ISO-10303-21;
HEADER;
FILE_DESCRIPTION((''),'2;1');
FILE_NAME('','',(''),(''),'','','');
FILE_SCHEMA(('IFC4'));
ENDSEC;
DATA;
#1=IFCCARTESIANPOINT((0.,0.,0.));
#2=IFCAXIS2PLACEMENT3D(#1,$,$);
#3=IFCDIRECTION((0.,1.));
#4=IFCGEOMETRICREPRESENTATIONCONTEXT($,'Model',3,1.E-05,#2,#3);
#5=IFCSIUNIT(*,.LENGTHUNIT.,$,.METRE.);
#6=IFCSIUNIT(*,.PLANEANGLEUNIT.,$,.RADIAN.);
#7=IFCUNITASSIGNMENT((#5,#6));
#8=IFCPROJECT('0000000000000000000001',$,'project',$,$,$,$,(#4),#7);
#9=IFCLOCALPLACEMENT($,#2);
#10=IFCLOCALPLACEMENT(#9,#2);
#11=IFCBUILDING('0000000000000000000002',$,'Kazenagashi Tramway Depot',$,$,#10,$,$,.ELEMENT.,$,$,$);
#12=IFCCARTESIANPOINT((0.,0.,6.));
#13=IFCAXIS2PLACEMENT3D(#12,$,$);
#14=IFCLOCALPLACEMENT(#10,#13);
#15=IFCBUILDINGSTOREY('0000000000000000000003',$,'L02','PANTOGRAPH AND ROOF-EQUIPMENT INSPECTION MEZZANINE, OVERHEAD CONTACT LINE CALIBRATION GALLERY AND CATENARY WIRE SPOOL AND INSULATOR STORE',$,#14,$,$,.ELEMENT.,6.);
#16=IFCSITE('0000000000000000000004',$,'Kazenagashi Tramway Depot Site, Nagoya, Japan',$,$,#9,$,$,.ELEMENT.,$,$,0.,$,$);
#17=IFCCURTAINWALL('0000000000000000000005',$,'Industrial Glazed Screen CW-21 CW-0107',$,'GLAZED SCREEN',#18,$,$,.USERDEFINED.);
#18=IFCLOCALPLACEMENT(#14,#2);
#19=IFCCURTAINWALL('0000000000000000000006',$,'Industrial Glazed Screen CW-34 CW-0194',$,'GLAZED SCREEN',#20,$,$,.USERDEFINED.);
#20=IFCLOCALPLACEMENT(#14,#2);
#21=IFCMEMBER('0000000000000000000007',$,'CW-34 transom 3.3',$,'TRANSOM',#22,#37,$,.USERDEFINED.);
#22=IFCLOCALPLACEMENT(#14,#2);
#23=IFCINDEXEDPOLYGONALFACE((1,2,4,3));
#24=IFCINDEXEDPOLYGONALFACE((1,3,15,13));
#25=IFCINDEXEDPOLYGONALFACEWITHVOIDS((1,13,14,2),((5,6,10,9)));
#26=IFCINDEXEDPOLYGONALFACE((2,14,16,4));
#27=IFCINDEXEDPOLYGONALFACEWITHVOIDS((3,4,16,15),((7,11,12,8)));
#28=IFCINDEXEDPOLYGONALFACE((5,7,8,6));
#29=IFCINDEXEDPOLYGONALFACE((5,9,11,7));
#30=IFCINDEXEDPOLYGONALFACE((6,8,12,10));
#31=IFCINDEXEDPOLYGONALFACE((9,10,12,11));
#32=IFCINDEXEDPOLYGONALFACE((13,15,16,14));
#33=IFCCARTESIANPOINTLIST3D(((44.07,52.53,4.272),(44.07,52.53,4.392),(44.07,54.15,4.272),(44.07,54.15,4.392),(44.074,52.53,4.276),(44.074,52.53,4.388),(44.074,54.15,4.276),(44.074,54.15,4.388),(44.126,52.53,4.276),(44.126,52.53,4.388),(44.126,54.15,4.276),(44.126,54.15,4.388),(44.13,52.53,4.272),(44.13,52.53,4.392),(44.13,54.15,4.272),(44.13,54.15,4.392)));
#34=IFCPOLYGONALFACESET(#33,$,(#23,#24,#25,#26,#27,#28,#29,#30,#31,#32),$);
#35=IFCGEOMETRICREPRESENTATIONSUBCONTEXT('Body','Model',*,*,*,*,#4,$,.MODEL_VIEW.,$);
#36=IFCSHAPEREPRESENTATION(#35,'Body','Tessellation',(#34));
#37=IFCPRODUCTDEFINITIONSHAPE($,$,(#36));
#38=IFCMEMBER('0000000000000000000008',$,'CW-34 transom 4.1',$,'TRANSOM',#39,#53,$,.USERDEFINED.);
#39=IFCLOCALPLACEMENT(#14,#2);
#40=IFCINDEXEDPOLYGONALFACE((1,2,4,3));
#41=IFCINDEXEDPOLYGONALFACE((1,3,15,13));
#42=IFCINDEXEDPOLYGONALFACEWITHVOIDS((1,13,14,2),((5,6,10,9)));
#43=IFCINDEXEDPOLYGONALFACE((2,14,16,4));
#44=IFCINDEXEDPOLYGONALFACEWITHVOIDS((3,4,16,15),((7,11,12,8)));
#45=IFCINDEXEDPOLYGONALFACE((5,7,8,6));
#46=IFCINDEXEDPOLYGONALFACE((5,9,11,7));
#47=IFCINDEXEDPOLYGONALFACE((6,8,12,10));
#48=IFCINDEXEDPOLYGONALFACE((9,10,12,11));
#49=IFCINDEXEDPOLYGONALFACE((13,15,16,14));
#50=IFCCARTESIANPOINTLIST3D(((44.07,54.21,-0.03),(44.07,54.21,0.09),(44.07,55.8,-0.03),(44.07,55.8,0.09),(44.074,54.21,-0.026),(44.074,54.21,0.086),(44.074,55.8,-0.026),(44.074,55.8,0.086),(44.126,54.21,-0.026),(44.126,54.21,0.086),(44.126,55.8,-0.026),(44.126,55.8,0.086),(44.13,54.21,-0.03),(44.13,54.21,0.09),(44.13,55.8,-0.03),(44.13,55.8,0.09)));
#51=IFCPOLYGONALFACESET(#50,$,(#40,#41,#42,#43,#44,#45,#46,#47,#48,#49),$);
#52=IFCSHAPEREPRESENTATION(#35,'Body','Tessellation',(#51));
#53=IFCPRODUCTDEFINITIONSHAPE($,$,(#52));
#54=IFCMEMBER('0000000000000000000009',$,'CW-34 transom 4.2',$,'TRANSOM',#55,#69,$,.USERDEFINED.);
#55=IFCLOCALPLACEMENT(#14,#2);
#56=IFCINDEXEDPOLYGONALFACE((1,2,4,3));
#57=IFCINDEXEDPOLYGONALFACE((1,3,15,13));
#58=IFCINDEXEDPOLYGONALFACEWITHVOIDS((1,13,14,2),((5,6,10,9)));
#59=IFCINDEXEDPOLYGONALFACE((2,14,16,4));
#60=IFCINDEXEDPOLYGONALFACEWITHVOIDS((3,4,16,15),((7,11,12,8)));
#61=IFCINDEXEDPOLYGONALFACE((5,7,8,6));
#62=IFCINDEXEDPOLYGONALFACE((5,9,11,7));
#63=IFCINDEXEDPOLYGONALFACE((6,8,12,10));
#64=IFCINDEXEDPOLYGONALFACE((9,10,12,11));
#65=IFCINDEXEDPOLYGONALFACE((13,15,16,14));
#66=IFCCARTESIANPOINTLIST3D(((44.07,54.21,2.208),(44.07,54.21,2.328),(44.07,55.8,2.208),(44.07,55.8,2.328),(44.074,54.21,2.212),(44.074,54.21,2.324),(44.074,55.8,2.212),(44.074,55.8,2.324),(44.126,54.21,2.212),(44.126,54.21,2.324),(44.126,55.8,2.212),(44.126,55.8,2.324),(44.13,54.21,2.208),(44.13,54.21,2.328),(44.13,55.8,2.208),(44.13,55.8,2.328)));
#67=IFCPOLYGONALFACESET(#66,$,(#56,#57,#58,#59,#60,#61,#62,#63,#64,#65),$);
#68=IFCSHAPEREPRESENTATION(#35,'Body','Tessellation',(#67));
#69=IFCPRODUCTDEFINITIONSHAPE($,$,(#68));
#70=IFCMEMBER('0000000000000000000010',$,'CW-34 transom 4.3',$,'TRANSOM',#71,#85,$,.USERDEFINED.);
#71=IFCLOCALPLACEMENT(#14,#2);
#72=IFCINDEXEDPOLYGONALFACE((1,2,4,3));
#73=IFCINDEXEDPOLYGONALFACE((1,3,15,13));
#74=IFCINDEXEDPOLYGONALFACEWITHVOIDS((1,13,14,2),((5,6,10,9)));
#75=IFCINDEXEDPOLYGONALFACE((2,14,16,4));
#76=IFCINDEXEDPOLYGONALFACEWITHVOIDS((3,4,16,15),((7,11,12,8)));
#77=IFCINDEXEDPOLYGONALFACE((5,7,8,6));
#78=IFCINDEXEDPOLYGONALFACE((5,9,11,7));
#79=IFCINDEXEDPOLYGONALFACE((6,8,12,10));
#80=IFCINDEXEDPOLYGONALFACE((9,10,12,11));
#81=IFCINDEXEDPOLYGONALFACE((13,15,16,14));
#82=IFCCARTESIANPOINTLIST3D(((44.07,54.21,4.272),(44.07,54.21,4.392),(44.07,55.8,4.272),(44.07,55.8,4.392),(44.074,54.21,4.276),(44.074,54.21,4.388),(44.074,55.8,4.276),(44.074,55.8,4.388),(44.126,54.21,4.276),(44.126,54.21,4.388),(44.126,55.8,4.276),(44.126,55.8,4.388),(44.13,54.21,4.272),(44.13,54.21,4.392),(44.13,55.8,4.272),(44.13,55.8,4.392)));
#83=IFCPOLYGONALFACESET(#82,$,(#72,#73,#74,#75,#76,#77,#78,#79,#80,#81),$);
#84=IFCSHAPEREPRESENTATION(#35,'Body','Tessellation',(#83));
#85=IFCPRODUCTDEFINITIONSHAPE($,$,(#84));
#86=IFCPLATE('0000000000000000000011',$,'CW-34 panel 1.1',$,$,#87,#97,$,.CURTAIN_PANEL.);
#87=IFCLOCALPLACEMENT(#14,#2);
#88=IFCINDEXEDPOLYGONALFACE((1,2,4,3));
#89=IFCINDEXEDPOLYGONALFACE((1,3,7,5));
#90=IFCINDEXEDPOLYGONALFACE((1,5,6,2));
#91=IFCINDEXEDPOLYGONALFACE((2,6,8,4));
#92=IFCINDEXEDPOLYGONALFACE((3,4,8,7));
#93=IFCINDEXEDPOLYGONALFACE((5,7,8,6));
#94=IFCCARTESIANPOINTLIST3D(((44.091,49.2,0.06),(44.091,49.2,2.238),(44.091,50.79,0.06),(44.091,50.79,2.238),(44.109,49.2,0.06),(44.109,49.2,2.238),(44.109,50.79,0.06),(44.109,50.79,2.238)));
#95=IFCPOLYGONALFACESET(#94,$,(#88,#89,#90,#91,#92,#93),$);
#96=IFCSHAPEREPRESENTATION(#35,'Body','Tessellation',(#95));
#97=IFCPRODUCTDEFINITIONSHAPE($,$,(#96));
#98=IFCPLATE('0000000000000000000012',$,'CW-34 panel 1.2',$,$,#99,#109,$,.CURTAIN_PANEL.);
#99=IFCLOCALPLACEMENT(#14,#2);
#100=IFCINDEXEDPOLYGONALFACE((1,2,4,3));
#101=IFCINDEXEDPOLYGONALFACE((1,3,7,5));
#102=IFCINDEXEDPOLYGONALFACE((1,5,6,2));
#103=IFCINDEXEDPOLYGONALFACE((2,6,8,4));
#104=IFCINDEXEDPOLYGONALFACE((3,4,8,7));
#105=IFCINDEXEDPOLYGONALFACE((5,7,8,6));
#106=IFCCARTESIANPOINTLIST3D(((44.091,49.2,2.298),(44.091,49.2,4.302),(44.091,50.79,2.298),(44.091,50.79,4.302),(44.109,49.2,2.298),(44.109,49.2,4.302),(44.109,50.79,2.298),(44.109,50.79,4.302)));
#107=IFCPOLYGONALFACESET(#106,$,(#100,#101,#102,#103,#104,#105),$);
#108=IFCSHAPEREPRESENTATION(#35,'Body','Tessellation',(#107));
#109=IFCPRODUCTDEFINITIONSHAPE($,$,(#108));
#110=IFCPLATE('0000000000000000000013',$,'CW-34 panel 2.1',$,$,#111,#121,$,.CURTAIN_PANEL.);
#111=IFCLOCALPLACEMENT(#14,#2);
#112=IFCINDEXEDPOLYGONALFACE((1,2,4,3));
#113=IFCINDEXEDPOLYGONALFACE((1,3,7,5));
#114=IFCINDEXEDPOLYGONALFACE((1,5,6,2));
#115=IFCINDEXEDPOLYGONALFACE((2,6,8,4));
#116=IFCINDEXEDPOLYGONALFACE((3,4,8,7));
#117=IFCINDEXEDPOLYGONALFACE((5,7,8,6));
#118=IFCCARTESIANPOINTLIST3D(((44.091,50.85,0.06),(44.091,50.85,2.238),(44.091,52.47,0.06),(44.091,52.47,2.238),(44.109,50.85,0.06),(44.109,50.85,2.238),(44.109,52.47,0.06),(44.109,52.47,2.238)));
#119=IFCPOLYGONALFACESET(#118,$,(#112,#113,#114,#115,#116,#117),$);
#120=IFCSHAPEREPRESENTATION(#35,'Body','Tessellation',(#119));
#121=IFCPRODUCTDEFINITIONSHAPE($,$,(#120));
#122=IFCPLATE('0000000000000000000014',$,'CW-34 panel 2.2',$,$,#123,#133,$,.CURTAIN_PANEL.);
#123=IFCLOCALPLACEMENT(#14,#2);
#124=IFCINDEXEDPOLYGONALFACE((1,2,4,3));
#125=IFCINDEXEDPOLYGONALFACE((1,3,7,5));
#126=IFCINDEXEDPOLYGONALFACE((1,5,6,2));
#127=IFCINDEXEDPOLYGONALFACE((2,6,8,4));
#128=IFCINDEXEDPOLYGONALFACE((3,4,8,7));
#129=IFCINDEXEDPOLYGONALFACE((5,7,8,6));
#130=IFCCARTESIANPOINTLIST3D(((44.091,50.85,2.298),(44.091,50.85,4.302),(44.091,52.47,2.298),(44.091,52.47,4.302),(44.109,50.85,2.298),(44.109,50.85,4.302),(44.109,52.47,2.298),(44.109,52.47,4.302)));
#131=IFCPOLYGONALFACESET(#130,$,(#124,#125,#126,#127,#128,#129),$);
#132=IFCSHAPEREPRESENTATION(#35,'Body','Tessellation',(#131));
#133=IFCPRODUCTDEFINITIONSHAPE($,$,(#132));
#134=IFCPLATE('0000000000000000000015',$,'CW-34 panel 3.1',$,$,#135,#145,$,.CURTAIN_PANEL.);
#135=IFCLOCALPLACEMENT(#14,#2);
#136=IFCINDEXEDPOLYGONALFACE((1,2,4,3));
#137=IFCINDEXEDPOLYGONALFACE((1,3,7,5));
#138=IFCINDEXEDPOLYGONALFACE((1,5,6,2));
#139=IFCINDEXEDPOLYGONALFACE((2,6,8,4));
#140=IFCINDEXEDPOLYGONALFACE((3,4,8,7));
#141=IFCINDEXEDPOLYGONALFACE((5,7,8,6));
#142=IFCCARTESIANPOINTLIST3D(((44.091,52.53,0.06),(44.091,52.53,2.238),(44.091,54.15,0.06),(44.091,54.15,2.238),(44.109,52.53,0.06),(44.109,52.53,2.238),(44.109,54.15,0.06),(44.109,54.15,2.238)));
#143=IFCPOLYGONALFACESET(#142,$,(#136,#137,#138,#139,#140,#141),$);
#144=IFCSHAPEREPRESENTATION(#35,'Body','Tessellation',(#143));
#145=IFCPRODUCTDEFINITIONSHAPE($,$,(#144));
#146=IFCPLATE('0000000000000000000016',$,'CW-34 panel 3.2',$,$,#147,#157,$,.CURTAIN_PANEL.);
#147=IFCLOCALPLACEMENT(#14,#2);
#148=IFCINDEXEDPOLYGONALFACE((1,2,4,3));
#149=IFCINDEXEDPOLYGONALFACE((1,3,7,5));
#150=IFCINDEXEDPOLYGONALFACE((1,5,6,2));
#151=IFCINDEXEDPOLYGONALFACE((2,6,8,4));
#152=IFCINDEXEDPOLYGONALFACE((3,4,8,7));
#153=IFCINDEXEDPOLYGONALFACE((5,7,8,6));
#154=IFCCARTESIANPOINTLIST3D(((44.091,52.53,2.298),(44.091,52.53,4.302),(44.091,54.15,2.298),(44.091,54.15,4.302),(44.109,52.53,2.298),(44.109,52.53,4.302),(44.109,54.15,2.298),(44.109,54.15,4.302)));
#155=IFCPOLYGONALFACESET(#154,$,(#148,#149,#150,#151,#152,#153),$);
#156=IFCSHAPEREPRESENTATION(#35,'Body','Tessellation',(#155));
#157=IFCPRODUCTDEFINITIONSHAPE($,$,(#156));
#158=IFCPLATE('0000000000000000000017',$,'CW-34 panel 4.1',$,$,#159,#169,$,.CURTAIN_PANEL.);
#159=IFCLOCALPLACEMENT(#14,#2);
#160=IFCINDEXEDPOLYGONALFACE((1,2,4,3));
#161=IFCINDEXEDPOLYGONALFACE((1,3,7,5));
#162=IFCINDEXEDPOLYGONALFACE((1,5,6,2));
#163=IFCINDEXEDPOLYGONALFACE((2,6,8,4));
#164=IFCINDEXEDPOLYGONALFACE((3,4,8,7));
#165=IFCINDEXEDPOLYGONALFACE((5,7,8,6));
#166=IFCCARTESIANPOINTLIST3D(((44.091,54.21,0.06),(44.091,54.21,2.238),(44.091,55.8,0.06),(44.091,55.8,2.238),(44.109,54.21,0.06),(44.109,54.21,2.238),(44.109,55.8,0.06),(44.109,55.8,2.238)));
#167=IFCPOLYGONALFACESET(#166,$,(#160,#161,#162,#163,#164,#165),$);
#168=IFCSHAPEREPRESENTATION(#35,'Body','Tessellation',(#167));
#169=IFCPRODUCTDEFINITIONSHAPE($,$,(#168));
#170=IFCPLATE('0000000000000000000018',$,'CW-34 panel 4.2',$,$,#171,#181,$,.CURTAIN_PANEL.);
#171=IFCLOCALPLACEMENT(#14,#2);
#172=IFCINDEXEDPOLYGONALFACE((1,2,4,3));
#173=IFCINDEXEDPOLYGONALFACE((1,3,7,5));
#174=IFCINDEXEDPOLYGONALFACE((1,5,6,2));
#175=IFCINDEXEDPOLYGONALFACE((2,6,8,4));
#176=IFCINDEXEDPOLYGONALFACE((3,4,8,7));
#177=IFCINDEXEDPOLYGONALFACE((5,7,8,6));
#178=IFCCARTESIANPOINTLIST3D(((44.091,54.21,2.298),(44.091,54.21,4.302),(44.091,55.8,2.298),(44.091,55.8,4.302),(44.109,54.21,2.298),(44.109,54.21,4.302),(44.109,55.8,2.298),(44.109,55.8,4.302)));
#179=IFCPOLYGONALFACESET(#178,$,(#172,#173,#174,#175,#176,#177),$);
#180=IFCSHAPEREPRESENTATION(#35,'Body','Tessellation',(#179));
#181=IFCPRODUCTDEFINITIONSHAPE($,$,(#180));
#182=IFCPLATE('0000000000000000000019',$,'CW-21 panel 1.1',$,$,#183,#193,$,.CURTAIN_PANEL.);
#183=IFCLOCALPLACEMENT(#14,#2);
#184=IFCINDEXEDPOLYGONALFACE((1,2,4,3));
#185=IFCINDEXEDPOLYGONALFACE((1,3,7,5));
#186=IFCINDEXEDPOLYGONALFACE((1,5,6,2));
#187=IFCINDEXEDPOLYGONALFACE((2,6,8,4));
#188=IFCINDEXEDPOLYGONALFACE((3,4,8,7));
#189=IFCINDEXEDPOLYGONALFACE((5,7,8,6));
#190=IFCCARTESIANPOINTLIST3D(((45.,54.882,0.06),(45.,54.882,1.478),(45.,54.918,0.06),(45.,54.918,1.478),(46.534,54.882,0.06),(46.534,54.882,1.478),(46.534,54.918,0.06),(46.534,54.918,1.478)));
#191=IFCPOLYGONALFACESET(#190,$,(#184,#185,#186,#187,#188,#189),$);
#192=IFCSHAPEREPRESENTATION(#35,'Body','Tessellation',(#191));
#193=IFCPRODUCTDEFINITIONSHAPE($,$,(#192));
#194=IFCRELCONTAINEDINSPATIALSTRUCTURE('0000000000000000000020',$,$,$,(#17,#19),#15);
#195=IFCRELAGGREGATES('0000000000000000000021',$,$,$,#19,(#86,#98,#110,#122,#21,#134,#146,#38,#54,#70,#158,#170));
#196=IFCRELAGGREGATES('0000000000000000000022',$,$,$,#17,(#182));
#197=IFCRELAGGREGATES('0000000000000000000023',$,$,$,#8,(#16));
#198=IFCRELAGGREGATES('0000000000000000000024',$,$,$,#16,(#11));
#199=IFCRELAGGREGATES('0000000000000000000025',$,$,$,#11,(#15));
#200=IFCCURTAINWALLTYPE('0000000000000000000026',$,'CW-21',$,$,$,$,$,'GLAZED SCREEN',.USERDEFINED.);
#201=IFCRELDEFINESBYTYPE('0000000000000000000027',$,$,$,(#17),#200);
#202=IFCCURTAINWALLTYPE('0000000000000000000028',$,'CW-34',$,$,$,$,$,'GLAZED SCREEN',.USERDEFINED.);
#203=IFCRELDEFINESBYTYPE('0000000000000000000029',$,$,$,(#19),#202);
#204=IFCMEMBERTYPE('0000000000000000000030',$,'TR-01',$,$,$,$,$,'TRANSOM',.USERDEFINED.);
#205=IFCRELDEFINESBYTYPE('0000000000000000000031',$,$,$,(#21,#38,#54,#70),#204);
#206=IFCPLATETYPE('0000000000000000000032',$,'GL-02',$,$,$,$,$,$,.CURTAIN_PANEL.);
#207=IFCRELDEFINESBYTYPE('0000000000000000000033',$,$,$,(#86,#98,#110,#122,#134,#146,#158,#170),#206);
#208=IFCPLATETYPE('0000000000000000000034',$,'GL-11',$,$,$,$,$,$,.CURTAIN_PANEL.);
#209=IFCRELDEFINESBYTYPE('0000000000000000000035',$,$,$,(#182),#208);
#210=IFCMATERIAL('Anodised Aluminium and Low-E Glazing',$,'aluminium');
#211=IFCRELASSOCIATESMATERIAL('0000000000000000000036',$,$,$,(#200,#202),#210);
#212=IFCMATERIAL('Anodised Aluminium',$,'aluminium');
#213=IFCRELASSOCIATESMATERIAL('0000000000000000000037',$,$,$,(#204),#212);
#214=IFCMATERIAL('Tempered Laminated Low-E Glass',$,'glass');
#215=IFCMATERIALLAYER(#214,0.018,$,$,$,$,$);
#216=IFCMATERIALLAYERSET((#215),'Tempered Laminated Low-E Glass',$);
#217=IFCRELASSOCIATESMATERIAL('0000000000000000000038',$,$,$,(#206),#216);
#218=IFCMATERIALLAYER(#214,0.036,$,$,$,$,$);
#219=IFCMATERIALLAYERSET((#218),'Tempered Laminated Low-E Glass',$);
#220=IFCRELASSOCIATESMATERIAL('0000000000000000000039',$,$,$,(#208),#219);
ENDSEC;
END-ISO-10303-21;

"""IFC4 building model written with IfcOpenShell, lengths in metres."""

from ifc_helpers import new_model, si_unit, direction, frame, origin, origin_2d, place, context, subcontext, project, spatial, rectangle, hollow_rectangle, extrude, material, layer, layer_set, material_profile, profile_set, type_object, element, aggregate, save


model = new_model("IFC4")

# Units and contexts
model_context = context("Model", 3, precision=1e-05, world=origin(), true_north=direction((0.0, 1.0)))
body_context = subcontext(model_context, "Body", "Model", "MODEL_VIEW")
ifc_project = project(units=[si_unit("LENGTHUNIT", "METRE"), si_unit("PLANEANGLEUNIT", "RADIAN")], contexts=[model_context])

# Site, building, storey
site_placement = place(None, origin())
site = spatial("IfcSite", under=ifc_project, at=site_placement, Name="Kazenagashi Tramway Depot Site, Nagoya, Japan", CompositionType="ELEMENT", RefElevation=0.0)
building_placement = place(site_placement, origin())
building = spatial("IfcBuilding", under=site, at=building_placement, Name="Kazenagashi Tramway Depot", CompositionType="ELEMENT")
storey_placement = place(building_placement, frame((0.0, 0.0, 6.0)))
storey = spatial("IfcBuildingStorey", under=building, at=storey_placement, Name="L02", Description="PANTOGRAPH AND ROOF-EQUIPMENT INSPECTION MEZZANINE, OVERHEAD CONTACT LINE CALIBRATION GALLERY AND CATENARY WIRE SPOOL AND INSULATOR STORE", CompositionType="ELEMENT", Elevation=6.0)

# Curtain wall
ifc_material_1 = material(Name="Anodised Aluminium and Low-E Glazing", Category="aluminium")
curtain_wall_type_1 = type_object("IfcCurtainWallType", Name="CW-21", ElementType="GLAZED SCREEN", PredefinedType="USERDEFINED", material=ifc_material_1)
curtain_wall_1_placement = place(storey_placement, origin())
curtain_wall_1 = element("IfcCurtainWall", 1, at=curtain_wall_1_placement, inside=storey, type_object=curtain_wall_type_1, Name="Industrial Glazed Screen CW-21 CW-0107", ObjectType="GLAZED SCREEN", PredefinedType="USERDEFINED")
ifc_material_2 = material(Name="Anodised Aluminium", Category="aluminium")

# Curtain wall
curtain_wall_type_2 = type_object("IfcCurtainWallType", Name="CW-34", ElementType="GLAZED SCREEN", PredefinedType="USERDEFINED", material=ifc_material_1)
curtain_wall_2_placement = place(storey_placement, origin())
curtain_wall_2 = element("IfcCurtainWall", 2, at=curtain_wall_2_placement, inside=storey, type_object=curtain_wall_type_2, Name="Industrial Glazed Screen CW-34 CW-0194", ObjectType="GLAZED SCREEN", PredefinedType="USERDEFINED")

# Members
ifc_material_profile_1 = material_profile(ifc_material_2, hollow_rectangle(XDim=0.06, YDim=0.12, WallThickness=0.004, at=origin_2d()), Name="RHS-120x60x4")
ifc_profile_set_1 = profile_set([ifc_material_profile_1], Name="Anodised Aluminium")
member_type_1 = type_object("IfcMemberType", Name="TR-01", ElementType="TRANSOM", PredefinedType="USERDEFINED", material=ifc_profile_set_1)
member_1_placement = place(storey_placement, frame((44.1, 52.53, 4.332), z_axis=(0.0, 1.0, 0.0), x_axis=(-1.0, 0.0, 0.0)))
member_1 = element("IfcMember", 3, at=member_1_placement, type_object=member_type_1, Name="CW-34 transom 3.3", ObjectType="TRANSOM", PredefinedType="USERDEFINED", context=body_context, shape_type="SweptSolid", body=[
    extrude(hollow_rectangle(XDim=0.06, YDim=0.12, WallThickness=0.004, at=origin_2d()), origin(), (0.0, 0.0, 1.0), 1.62),
])
member_2_placement = place(storey_placement, frame((44.1, 54.21, 0.03), z_axis=(0.0, 1.0, 0.0), x_axis=(-1.0, 0.0, 0.0)))
member_2 = element("IfcMember", 4, at=member_2_placement, type_object=member_type_1, Name="CW-34 transom 4.1", ObjectType="TRANSOM", PredefinedType="USERDEFINED", context=body_context, shape_type="SweptSolid", body=[
    extrude(hollow_rectangle(XDim=0.06, YDim=0.12, WallThickness=0.004, at=origin_2d()), origin(), (0.0, 0.0, 1.0), 1.59),
])
member_3_placement = place(storey_placement, frame((44.1, 54.21, 2.268), z_axis=(0.0, 1.0, 0.0), x_axis=(-1.0, 0.0, 0.0)))
member_3 = element("IfcMember", 5, at=member_3_placement, type_object=member_type_1, Name="CW-34 transom 4.2", ObjectType="TRANSOM", PredefinedType="USERDEFINED", context=body_context, shape_type="SweptSolid", body=[
    extrude(hollow_rectangle(XDim=0.06, YDim=0.12, WallThickness=0.004, at=origin_2d()), origin(), (0.0, 0.0, 1.0), 1.59),
])
member_4_placement = place(storey_placement, frame((44.1, 54.21, 4.332), z_axis=(0.0, 1.0, 0.0), x_axis=(-1.0, 0.0, 0.0)))
member_4 = element("IfcMember", 6, at=member_4_placement, type_object=member_type_1, Name="CW-34 transom 4.3", ObjectType="TRANSOM", PredefinedType="USERDEFINED", context=body_context, shape_type="SweptSolid", body=[
    extrude(hollow_rectangle(XDim=0.06, YDim=0.12, WallThickness=0.004, at=origin_2d()), origin(), (0.0, 0.0, 1.0), 1.59),
])

# Plates
ifc_material_3 = material(Name="Tempered Laminated Low-E Glass", Category="glass")
ifc_layer_1 = layer(ifc_material_3, 0.018)
ifc_layer_set_1 = layer_set([ifc_layer_1], Name="Tempered Laminated Low-E Glass")
plate_type_1 = type_object("IfcPlateType", Name="GL-02", PredefinedType="CURTAIN_PANEL", material=ifc_layer_set_1)
plate_1_placement = place(storey_placement, frame((44.1, 49.995, 0.06), z_axis=(0.0, 0.0, 1.0), x_axis=(0.0, 1.0, 0.0)))
plate_1 = element("IfcPlate", 7, at=plate_1_placement, type_object=plate_type_1, Name="CW-34 panel 1.1", PredefinedType="CURTAIN_PANEL", context=body_context, shape_type="SweptSolid", body=[
    extrude(rectangle(XDim=1.59, YDim=0.018, at=origin_2d()), origin(), (0.0, 0.0, 1.0), 2.178),
])
plate_2_placement = place(storey_placement, frame((44.1, 49.995, 2.298), z_axis=(0.0, 0.0, 1.0), x_axis=(0.0, 1.0, 0.0)))
plate_2 = element("IfcPlate", 8, at=plate_2_placement, type_object=plate_type_1, Name="CW-34 panel 1.2", PredefinedType="CURTAIN_PANEL", context=body_context, shape_type="SweptSolid", body=[
    extrude(rectangle(XDim=1.59, YDim=0.018, at=origin_2d()), origin(), (0.0, 0.0, 1.0), 2.004),
])
plate_3_placement = place(storey_placement, frame((44.1, 51.66, 0.06), z_axis=(0.0, 0.0, 1.0), x_axis=(0.0, 1.0, 0.0)))
plate_3 = element("IfcPlate", 9, at=plate_3_placement, type_object=plate_type_1, Name="CW-34 panel 2.1", PredefinedType="CURTAIN_PANEL", context=body_context, shape_type="SweptSolid", body=[
    extrude(rectangle(XDim=1.62, YDim=0.018, at=origin_2d()), origin(), (0.0, 0.0, 1.0), 2.178),
])
plate_4_placement = place(storey_placement, frame((44.1, 51.66, 2.298), z_axis=(0.0, 0.0, 1.0), x_axis=(0.0, 1.0, 0.0)))
plate_4 = element("IfcPlate", 10, at=plate_4_placement, type_object=plate_type_1, Name="CW-34 panel 2.2", PredefinedType="CURTAIN_PANEL", context=body_context, shape_type="SweptSolid", body=[
    extrude(rectangle(XDim=1.62, YDim=0.018, at=origin_2d()), origin(), (0.0, 0.0, 1.0), 2.004),
])
plate_5_placement = place(storey_placement, frame((44.1, 53.34, 0.06), z_axis=(0.0, 0.0, 1.0), x_axis=(0.0, 1.0, 0.0)))
plate_5 = element("IfcPlate", 11, at=plate_5_placement, type_object=plate_type_1, Name="CW-34 panel 3.1", PredefinedType="CURTAIN_PANEL", context=body_context, shape_type="SweptSolid", body=[
    extrude(rectangle(XDim=1.62, YDim=0.018, at=origin_2d()), origin(), (0.0, 0.0, 1.0), 2.178),
])
plate_6_placement = place(storey_placement, frame((44.1, 53.34, 2.298), z_axis=(0.0, 0.0, 1.0), x_axis=(0.0, 1.0, 0.0)))
plate_6 = element("IfcPlate", 12, at=plate_6_placement, type_object=plate_type_1, Name="CW-34 panel 3.2", PredefinedType="CURTAIN_PANEL", context=body_context, shape_type="SweptSolid", body=[
    extrude(rectangle(XDim=1.62, YDim=0.018, at=origin_2d()), origin(), (0.0, 0.0, 1.0), 2.004),
])
plate_7_placement = place(storey_placement, frame((44.1, 55.005, 0.06), z_axis=(0.0, 0.0, 1.0), x_axis=(0.0, 1.0, 0.0)))
plate_7 = element("IfcPlate", 13, at=plate_7_placement, type_object=plate_type_1, Name="CW-34 panel 4.1", PredefinedType="CURTAIN_PANEL", context=body_context, shape_type="SweptSolid", body=[
    extrude(rectangle(XDim=1.59, YDim=0.018, at=origin_2d()), origin(), (0.0, 0.0, 1.0), 2.178),
])
plate_8_placement = place(storey_placement, frame((44.1, 55.005, 2.298), z_axis=(0.0, 0.0, 1.0), x_axis=(0.0, 1.0, 0.0)))
plate_8 = element("IfcPlate", 14, at=plate_8_placement, type_object=plate_type_1, Name="CW-34 panel 4.2", PredefinedType="CURTAIN_PANEL", context=body_context, shape_type="SweptSolid", body=[
    extrude(rectangle(XDim=1.59, YDim=0.018, at=origin_2d()), origin(), (0.0, 0.0, 1.0), 2.004),
])
aggregate(curtain_wall_2, [plate_1, plate_2, plate_3, plate_4, member_1, plate_5, plate_6, member_2, member_3, member_4, plate_7, plate_8])
ifc_layer_2 = layer(ifc_material_3, 0.036)
ifc_layer_set_2 = layer_set([ifc_layer_2], Name="Tempered Laminated Low-E Glass")
plate_type_2 = type_object("IfcPlateType", Name="GL-11", PredefinedType="CURTAIN_PANEL", material=ifc_layer_set_2)
plate_9_placement = place(storey_placement, frame((45.767, 54.9, 0.06), z_axis=(0.0, 0.0, 1.0), x_axis=(1.0, 0.0, 0.0)))
plate_9 = element("IfcPlate", 15, at=plate_9_placement, type_object=plate_type_2, Name="CW-21 panel 1.1", PredefinedType="CURTAIN_PANEL", context=body_context, shape_type="SweptSolid", body=[
    extrude(rectangle(XDim=1.534, YDim=0.036, at=origin_2d()), origin(), (0.0, 0.0, 1.0), 1.418),
])
aggregate(curtain_wall_1, [plate_9])

save(model, "model.ifc")
